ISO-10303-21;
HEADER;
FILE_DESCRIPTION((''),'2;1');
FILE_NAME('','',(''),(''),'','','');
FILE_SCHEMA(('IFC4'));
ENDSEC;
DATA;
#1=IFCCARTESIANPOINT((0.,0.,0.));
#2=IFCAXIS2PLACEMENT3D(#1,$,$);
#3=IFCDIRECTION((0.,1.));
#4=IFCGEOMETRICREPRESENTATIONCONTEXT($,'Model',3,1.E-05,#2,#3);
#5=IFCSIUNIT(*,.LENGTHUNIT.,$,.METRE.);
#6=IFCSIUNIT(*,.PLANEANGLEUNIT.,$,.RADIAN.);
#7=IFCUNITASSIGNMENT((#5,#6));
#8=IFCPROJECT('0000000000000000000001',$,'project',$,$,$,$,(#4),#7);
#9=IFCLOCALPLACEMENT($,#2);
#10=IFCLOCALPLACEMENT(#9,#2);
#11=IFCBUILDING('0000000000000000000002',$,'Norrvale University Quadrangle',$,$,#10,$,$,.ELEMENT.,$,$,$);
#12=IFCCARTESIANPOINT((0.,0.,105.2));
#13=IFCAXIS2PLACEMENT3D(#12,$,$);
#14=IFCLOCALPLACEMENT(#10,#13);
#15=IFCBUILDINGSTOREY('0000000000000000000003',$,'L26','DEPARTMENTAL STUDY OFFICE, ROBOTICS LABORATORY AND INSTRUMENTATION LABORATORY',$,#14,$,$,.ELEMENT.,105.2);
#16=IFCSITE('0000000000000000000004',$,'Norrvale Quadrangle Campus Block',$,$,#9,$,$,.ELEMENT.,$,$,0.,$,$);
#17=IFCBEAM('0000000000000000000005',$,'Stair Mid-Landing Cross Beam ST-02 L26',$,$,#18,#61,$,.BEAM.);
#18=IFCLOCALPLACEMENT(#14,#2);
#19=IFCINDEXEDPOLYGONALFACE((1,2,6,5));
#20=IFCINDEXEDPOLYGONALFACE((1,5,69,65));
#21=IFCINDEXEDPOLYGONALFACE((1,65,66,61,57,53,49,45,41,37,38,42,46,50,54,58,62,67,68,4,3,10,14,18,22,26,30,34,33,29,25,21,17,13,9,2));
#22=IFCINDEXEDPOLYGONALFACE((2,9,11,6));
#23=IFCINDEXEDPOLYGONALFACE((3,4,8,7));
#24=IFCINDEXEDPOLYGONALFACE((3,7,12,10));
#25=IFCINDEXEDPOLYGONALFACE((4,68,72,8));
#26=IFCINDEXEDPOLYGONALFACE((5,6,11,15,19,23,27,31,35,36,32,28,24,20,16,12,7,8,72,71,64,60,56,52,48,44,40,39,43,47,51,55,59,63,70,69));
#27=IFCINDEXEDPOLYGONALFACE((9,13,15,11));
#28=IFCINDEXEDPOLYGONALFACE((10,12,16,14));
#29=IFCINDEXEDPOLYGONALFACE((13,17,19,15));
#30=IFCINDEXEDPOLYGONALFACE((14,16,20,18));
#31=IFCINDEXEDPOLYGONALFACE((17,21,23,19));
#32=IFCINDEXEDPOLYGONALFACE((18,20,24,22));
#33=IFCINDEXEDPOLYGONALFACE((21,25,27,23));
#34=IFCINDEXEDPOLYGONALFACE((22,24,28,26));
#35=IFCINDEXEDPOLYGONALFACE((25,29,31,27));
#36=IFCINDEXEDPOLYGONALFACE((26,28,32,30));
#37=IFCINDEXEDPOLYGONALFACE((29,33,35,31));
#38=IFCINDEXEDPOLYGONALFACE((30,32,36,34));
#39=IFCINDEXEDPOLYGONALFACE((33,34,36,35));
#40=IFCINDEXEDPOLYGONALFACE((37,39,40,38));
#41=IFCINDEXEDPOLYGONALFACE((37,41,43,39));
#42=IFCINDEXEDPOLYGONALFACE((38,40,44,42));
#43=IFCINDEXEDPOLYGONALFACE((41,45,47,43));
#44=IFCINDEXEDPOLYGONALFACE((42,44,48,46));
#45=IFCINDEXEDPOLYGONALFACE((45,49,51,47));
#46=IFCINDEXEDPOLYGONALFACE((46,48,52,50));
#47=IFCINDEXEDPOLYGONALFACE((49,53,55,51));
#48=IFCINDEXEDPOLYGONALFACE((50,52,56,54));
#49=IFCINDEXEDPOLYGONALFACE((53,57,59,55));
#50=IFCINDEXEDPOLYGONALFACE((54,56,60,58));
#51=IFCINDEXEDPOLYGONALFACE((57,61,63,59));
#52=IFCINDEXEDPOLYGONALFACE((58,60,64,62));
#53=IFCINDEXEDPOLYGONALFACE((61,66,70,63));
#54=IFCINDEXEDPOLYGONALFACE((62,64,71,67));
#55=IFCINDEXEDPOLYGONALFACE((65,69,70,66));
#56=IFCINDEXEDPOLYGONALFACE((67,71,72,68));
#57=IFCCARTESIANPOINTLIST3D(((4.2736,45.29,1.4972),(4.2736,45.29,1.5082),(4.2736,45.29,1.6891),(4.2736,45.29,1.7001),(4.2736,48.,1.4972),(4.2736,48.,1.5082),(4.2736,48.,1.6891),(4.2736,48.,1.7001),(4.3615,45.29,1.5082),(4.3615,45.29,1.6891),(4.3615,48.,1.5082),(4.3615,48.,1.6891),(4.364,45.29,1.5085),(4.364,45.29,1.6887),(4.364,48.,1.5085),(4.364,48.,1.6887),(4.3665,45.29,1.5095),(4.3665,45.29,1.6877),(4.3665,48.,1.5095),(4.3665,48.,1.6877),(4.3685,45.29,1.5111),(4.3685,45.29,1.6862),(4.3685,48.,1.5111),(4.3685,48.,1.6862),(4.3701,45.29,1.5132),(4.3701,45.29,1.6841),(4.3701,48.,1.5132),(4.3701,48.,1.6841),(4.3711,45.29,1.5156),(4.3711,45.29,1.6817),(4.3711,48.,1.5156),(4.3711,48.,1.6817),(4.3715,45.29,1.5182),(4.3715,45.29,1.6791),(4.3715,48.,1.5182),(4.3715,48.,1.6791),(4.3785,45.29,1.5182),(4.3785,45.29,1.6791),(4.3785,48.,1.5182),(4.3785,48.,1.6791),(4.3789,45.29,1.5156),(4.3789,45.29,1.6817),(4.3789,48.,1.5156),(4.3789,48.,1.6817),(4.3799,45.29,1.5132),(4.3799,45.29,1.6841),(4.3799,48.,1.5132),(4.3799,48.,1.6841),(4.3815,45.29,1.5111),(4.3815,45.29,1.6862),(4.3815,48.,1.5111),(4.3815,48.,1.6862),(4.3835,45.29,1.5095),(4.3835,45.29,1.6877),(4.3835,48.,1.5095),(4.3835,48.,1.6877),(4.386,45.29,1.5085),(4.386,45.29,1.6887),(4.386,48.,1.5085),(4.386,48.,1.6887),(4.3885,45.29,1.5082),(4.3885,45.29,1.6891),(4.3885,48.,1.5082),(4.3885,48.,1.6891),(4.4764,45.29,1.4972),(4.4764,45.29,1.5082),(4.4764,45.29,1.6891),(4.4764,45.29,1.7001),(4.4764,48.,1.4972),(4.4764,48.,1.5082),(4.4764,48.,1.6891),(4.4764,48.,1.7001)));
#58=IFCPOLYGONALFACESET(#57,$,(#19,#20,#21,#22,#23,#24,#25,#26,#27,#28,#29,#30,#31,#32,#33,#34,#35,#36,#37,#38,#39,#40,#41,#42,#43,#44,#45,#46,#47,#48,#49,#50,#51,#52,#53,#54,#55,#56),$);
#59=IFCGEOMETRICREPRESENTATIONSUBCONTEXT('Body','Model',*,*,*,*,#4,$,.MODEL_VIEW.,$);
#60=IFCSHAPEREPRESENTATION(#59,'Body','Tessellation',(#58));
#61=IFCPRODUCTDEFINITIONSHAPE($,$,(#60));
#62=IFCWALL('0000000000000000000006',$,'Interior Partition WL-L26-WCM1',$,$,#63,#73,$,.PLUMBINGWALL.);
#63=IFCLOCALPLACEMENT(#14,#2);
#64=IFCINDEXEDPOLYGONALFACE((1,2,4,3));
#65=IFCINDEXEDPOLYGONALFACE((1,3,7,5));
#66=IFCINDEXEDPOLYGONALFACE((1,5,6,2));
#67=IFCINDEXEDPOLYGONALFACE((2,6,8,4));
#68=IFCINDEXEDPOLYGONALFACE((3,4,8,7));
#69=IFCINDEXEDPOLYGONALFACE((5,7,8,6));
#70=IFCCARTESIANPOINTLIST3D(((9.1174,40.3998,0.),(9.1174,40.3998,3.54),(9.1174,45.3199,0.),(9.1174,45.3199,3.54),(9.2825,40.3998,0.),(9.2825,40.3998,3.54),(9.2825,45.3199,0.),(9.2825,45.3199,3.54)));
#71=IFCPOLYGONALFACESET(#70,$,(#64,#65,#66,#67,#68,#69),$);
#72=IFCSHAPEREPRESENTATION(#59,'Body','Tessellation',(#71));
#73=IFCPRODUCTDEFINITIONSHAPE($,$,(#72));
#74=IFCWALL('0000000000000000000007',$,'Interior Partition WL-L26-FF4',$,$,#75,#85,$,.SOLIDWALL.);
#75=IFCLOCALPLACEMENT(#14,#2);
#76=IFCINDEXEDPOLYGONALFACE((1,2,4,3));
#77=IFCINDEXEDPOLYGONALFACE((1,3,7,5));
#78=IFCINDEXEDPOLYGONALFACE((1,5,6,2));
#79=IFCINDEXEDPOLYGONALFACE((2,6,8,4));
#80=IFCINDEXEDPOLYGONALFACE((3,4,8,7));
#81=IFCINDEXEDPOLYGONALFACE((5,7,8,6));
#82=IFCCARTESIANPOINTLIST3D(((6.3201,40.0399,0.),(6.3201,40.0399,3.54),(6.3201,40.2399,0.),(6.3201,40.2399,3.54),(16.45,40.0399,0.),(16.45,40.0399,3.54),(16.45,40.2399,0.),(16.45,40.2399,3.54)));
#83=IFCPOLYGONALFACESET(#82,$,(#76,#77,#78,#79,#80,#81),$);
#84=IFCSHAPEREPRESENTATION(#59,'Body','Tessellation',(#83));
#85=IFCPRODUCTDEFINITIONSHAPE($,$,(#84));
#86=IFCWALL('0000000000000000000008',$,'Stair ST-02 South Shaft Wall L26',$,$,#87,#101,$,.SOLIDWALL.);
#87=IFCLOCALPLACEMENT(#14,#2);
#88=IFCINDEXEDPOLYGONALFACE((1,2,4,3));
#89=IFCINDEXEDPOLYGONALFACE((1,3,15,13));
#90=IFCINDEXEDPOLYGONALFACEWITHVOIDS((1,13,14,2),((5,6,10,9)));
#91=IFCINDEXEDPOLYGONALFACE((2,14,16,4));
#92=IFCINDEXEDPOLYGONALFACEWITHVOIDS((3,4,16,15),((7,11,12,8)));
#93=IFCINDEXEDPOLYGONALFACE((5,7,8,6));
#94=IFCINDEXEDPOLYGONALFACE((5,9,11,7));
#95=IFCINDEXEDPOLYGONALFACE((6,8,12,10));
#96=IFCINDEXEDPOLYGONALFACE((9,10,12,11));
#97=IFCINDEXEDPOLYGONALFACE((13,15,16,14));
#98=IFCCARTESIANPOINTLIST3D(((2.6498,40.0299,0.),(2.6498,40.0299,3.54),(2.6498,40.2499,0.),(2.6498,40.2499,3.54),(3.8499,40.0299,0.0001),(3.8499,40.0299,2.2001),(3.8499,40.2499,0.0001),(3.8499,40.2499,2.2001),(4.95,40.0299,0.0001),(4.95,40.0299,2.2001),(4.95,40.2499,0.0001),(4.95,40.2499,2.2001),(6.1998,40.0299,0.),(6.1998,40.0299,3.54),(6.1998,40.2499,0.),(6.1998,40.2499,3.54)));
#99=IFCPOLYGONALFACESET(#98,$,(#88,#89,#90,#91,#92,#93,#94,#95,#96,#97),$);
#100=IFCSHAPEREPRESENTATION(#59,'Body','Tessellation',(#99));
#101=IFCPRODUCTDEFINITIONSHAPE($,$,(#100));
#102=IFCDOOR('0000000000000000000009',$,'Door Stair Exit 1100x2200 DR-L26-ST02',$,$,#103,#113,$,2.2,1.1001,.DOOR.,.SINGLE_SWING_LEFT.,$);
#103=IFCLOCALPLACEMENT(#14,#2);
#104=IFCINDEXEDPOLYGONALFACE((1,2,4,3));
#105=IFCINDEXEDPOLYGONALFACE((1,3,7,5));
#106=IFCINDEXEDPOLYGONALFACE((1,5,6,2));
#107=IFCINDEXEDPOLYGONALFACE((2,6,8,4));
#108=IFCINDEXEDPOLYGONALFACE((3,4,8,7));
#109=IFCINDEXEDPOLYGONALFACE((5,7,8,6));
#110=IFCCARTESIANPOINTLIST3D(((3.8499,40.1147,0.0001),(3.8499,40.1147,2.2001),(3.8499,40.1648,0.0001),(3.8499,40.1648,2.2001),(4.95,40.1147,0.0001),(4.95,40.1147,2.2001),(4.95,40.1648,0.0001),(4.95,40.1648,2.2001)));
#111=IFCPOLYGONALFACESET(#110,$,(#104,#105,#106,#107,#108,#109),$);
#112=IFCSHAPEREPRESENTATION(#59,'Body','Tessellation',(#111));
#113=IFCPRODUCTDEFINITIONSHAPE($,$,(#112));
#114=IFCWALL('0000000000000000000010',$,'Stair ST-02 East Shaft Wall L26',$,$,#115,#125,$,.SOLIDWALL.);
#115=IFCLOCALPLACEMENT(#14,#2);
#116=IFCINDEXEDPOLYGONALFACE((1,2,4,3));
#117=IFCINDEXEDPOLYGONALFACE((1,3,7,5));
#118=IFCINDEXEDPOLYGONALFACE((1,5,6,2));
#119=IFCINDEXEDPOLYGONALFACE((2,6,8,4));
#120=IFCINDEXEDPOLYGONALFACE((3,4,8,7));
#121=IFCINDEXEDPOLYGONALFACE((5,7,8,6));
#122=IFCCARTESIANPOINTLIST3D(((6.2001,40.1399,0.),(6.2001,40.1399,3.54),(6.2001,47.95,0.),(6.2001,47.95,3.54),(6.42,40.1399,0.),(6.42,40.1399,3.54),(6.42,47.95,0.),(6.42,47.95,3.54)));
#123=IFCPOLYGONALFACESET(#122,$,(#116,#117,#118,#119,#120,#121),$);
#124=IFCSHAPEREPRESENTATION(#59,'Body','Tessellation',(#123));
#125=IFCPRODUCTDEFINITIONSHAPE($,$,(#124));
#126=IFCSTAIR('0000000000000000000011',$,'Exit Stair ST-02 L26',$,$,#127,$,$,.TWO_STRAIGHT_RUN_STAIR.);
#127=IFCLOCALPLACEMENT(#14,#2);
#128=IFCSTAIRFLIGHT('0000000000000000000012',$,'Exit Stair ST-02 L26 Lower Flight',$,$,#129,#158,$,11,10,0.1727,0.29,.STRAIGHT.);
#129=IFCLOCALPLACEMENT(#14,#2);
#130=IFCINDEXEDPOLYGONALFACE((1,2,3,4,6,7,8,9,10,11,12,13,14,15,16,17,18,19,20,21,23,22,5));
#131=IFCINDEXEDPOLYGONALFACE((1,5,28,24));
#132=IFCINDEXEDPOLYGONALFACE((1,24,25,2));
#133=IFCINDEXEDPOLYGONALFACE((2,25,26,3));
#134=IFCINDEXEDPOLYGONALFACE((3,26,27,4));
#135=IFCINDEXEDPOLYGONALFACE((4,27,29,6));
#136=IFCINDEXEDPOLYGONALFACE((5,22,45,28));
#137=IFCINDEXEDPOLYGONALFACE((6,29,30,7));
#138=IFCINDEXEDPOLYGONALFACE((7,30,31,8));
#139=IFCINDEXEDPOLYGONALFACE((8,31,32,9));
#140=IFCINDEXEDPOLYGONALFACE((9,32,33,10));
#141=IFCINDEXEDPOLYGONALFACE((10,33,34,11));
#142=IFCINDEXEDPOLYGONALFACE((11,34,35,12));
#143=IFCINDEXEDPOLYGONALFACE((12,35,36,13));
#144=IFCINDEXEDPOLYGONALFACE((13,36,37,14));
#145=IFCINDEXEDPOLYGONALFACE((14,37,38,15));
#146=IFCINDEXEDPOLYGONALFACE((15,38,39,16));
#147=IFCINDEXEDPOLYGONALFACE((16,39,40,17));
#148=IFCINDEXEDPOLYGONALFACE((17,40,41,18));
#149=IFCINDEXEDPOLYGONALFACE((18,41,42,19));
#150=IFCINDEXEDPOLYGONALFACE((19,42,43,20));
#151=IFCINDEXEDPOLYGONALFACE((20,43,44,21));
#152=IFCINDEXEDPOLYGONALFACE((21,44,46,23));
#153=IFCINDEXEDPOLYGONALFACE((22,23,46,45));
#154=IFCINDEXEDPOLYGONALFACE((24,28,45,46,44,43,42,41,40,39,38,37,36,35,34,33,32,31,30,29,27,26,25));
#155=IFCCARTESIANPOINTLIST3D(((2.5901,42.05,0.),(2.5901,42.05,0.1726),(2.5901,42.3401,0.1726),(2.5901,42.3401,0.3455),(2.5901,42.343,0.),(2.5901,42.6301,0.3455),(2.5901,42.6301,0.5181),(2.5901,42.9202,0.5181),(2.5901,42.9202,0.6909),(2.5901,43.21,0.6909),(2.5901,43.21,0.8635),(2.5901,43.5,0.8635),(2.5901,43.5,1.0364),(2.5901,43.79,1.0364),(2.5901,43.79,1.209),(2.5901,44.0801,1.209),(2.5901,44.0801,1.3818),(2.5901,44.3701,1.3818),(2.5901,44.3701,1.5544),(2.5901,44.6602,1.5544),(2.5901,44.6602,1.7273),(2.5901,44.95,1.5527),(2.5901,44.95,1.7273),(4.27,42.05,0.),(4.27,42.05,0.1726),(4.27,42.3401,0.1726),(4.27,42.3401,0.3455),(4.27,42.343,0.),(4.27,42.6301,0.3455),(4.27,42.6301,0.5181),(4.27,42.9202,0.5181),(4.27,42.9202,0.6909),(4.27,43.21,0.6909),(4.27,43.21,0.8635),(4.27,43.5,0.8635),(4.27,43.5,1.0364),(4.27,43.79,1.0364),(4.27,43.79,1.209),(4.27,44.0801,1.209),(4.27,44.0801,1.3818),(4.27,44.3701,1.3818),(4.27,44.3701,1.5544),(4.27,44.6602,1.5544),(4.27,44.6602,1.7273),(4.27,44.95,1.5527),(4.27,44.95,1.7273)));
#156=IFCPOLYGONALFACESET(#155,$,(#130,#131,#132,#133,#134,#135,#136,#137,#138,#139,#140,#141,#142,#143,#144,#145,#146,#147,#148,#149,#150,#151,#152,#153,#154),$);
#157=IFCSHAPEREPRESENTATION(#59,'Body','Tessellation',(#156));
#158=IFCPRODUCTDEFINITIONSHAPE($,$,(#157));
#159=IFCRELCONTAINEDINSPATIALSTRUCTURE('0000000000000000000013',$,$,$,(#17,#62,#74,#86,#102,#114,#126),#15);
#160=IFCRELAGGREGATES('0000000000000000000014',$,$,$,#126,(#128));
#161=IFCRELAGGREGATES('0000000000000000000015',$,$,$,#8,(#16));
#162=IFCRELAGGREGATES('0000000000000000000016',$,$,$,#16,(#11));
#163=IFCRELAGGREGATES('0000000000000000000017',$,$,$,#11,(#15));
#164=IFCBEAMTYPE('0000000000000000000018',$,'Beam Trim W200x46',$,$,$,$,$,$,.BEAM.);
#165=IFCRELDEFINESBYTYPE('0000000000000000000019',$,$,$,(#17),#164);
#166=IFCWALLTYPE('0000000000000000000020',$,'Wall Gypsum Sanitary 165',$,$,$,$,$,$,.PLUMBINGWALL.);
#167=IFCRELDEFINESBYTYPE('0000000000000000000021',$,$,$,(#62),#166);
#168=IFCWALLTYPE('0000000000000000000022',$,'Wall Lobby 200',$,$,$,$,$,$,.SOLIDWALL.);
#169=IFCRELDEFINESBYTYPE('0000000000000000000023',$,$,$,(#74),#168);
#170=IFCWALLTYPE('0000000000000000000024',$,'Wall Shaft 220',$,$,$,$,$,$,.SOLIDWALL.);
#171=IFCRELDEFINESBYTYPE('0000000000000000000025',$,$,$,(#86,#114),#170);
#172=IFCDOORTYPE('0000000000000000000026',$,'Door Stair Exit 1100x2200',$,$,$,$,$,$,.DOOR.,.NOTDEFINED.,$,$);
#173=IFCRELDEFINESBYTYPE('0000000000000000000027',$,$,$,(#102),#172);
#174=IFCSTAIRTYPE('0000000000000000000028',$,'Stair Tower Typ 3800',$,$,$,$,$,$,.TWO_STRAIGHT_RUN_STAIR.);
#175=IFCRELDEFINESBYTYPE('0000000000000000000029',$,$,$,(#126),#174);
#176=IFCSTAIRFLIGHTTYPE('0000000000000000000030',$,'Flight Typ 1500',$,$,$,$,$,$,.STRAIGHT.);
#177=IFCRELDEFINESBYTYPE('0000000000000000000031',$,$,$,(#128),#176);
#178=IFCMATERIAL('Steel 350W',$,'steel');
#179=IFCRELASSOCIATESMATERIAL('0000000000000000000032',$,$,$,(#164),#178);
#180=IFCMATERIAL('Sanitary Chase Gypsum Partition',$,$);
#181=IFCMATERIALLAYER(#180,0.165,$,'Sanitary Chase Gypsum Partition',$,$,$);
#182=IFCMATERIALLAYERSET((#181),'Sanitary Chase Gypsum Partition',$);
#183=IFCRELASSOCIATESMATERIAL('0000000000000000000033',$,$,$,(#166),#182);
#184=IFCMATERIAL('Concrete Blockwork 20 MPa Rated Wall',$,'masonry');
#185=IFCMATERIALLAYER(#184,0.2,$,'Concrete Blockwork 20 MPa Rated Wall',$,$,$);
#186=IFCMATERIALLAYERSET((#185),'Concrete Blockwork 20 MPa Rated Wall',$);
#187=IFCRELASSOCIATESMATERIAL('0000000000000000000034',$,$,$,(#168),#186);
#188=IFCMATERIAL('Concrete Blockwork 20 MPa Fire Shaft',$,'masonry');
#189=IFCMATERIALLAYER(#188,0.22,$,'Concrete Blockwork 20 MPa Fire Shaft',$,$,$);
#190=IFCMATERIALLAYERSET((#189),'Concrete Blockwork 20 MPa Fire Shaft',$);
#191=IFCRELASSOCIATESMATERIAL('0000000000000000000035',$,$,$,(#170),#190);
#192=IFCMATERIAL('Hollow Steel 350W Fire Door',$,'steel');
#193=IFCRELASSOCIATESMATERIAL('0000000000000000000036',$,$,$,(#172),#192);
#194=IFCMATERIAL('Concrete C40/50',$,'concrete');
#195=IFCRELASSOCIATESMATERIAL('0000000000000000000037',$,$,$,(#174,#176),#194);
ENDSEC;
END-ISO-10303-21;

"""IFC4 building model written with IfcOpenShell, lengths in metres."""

from ifc_helpers import new_model, si_unit, direction, frame, frame_2d, origin, origin_2d, place, context, subcontext, project, spatial, polyline, rectangle, i_section, outline, extrude, material, layer, layer_set, material_profile, profile_set, type_object, element, fill, aggregate, save


model = new_model("IFC4")

# Units and contexts
model_context = context("Model", 3, precision=1e-05, world=origin(), true_north=direction((0.0, 1.0)))
body_context = subcontext(model_context, "Body", "Model", "MODEL_VIEW")
ifc_project = project(units=[si_unit("LENGTHUNIT", "METRE"), si_unit("PLANEANGLEUNIT", "RADIAN")], contexts=[model_context])

# Site, building, storey
site_placement = place(None, origin())
site = spatial("IfcSite", under=ifc_project, at=site_placement, Name="Norrvale Quadrangle Campus Block", CompositionType="ELEMENT", RefElevation=0.0)
building_placement = place(site_placement, origin())
building = spatial("IfcBuilding", under=site, at=building_placement, Name="Norrvale University Quadrangle", CompositionType="ELEMENT")
storey_placement = place(building_placement, frame((0.0, 0.0, 105.2)))
storey = spatial("IfcBuildingStorey", under=building, at=storey_placement, Name="L26", Description="DEPARTMENTAL STUDY OFFICE, ROBOTICS LABORATORY AND INSTRUMENTATION LABORATORY", CompositionType="ELEMENT", Elevation=105.2)

# Beam
ifc_material_1 = material(Name="Steel 350W", Category="steel")
ifc_material_profile_1 = material_profile(ifc_material_1, i_section(OverallWidth=0.2029, OverallDepth=0.2029, WebThickness=0.0071, FlangeThickness=0.011, FilletRadius=0.01, at=origin_2d()), Name="Steel 350W")
ifc_profile_set_1 = profile_set([ifc_material_profile_1], Name="Steel 350W")
beam_type_1 = type_object("IfcBeamType", Name="Beam Trim W200x46", PredefinedType="BEAM", material=ifc_profile_set_1)
beam_1_placement = place(storey_placement, frame((4.375, 45.29, 1.5986), z_axis=(0.0, 1.0, 0.0), x_axis=(-1.0, 0.0, 0.0)))
element("IfcBeam", 1, at=beam_1_placement, inside=storey, type_object=beam_type_1, Name="Stair Mid-Landing Cross Beam ST-02 L26", PredefinedType="BEAM", context=body_context, shape_type="SweptSolid", body=[
    extrude(i_section(OverallWidth=0.2029, OverallDepth=0.2029, WebThickness=0.0071, FlangeThickness=0.011, FilletRadius=0.01, at=origin_2d()), origin(), (0.0, 0.0, 1.0), 2.71),
])

# Walls
ifc_material_2 = material(Name="Sanitary Chase Gypsum Partition")
ifc_layer_1 = layer(ifc_material_2, 0.165, Name="Sanitary Chase Gypsum Partition")
ifc_layer_set_1 = layer_set([ifc_layer_1], Name="Sanitary Chase Gypsum Partition")
wall_type_1 = type_object("IfcWallType", Name="Wall Gypsum Sanitary 165", PredefinedType="PLUMBINGWALL", material=ifc_layer_set_1)
wall_1_placement = place(storey_placement, frame((9.2, 40.3999, 0.0), z_axis=(0.0, 0.0, 1.0), x_axis=(0.0, 1.0, 0.0)))
element("IfcWall", 2, at=wall_1_placement, inside=storey, type_object=wall_type_1, Name="Interior Partition WL-L26-WCM1", PredefinedType="PLUMBINGWALL", context=body_context, shape_type="SweptSolid", body=[
    extrude(rectangle(XDim=4.9202, YDim=0.165, at=frame_2d((2.46, 0.0))), origin(), (0.0, 0.0, 1.0), 3.54),
])
ifc_material_3 = material(Name="Concrete Blockwork 20 MPa Rated Wall", Category="masonry")
ifc_layer_2 = layer(ifc_material_3, 0.2, Name="Concrete Blockwork 20 MPa Rated Wall")
ifc_layer_set_2 = layer_set([ifc_layer_2], Name="Concrete Blockwork 20 MPa Rated Wall")
wall_type_2 = type_object("IfcWallType", Name="Wall Lobby 200", PredefinedType="SOLIDWALL", material=ifc_layer_set_2)
wall_2_placement = place(storey_placement, frame((6.3201, 40.1399, 0.0), z_axis=(0.0, 0.0, 1.0), x_axis=(1.0, 0.0, 0.0)))
element("IfcWall", 3, at=wall_2_placement, inside=storey, type_object=wall_type_2, Name="Interior Partition WL-L26-FF4", PredefinedType="SOLIDWALL", context=body_context, shape_type="SweptSolid", body=[
    extrude(rectangle(XDim=10.1299, YDim=0.2, at=frame_2d((5.0649, 0.0))), origin(), (0.0, 0.0, 1.0), 3.54),
])

# Wall, opening, door
ifc_material_4 = material(Name="Concrete Blockwork 20 MPa Fire Shaft", Category="masonry")
ifc_layer_3 = layer(ifc_material_4, 0.22, Name="Concrete Blockwork 20 MPa Fire Shaft")
ifc_layer_set_3 = layer_set([ifc_layer_3], Name="Concrete Blockwork 20 MPa Fire Shaft")
wall_type_3 = type_object("IfcWallType", Name="Wall Shaft 220", PredefinedType="SOLIDWALL", material=ifc_layer_set_3)
wall_3_placement = place(storey_placement, frame((2.6499, 40.1399, 0.0), z_axis=(0.0, 0.0, 1.0), x_axis=(1.0, 0.0, 0.0)))
wall_3 = element("IfcWall", 4, at=wall_3_placement, inside=storey, type_object=wall_type_3, Name="Stair ST-02 South Shaft Wall L26", PredefinedType="SOLIDWALL", context=body_context, shape_type="SweptSolid", body=[
    extrude(rectangle(XDim=3.55, YDim=0.22, at=frame_2d((1.7749, 0.0))), origin(), (0.0, 0.0, 1.0), 3.54),
])
opening_placement = place(wall_3_placement, frame((1.2, 0.0, 0.0)))
opening = element("IfcOpeningElement", 5, at=opening_placement, cuts=wall_3, PredefinedType="OPENING", context=body_context, shape_type="SweptSolid", body=[
    extrude(rectangle(XDim=1.1001, YDim=2.2, at=frame_2d((0.55, 1.1001))), frame((0.0, 0.1221, 0.0), z_axis=(0.0, -1.0, 0.0), x_axis=(1.0, 0.0, 0.0)), (0.0, 0.0, 1.0), 0.2439),
])
ifc_material_5 = material(Name="Hollow Steel 350W Fire Door", Category="steel")
door_type = type_object("IfcDoorType", Name="Door Stair Exit 1100x2200", OperationType="NOTDEFINED", PredefinedType="DOOR", material=ifc_material_5)
door_placement = place(opening_placement, origin())
door = element("IfcDoor", 6, at=door_placement, inside=storey, type_object=door_type, Name="Door Stair Exit 1100x2200 DR-L26-ST02", OperationType="SINGLE_SWING_LEFT", OverallHeight=2.2, OverallWidth=1.1001, PredefinedType="DOOR", context=body_context, shape_type="SweptSolid", body=[
    extrude(rectangle(XDim=1.1001, YDim=2.2, at=frame_2d((0.55, 1.1001))), frame((0.0, 0.0249, 0.0), z_axis=(0.0, -1.0, 0.0), x_axis=(1.0, 0.0, 0.0)), (0.0, 0.0, 1.0), 0.05),
])
fill(opening, door)

# Wall
wall_4_placement = place(storey_placement, frame((6.3101, 40.1399, 0.0), z_axis=(0.0, 0.0, 1.0), x_axis=(0.0, 1.0, 0.0)))
element("IfcWall", 7, at=wall_4_placement, inside=storey, type_object=wall_type_3, Name="Stair ST-02 East Shaft Wall L26", PredefinedType="SOLIDWALL", context=body_context, shape_type="SweptSolid", body=[
    extrude(rectangle(XDim=7.8101, YDim=0.22, at=frame_2d((3.905, 0.0))), origin(), (0.0, 0.0, 1.0), 3.54),
])

# Stair, stair flight
ifc_material_6 = material(Name="Concrete C40/50", Category="concrete")
stair_type = type_object("IfcStairType", Name="Stair Tower Typ 3800", PredefinedType="TWO_STRAIGHT_RUN_STAIR", material=ifc_material_6)
stair_placement = place(storey_placement, origin())
stair = element("IfcStair", 8, at=stair_placement, inside=storey, type_object=stair_type, Name="Exit Stair ST-02 L26", PredefinedType="TWO_STRAIGHT_RUN_STAIR")
stair_flight_type = type_object("IfcStairFlightType", Name="Flight Typ 1500", PredefinedType="STRAIGHT", material=ifc_material_6)
stair_flight_1_placement = place(storey_placement, frame((3.4299, 42.05, 0.0), z_axis=(0.0, 0.0, 1.0), x_axis=(0.0, 1.0, 0.0)))
stair_flight_1 = element("IfcStairFlight", 9, at=stair_flight_1_placement, type_object=stair_flight_type, Name="Exit Stair ST-02 L26 Lower Flight", NumberOfRisers=11, NumberOfTreads=10, PredefinedType="STRAIGHT", RiserHeight=0.1727, TreadLength=0.29, context=body_context, shape_type="SweptSolid", body=[
    extrude(outline(polyline([(0.0, 0.0), (0.0, 0.1726), (0.29, 0.1726), (0.29, 0.3455), (0.5801, 0.3455), (0.5801, 0.5181), (0.8701, 0.5181), (0.8701, 0.6909), (1.1599, 0.6909), (1.1599, 0.8635), (1.45, 0.8635), (1.45, 1.0364), (1.74, 1.0364), (1.74, 1.209), (2.03, 1.209), (2.03, 1.3818), (2.3201, 1.3818), (2.3201, 1.5544), (2.6101, 1.5544), (2.6101, 1.7273), (2.8999, 1.7273), (2.8999, 1.8999), (2.8999, 1.5527), (0.293, 0.0), (0.0, 0.0)])), frame((0.0, 0.8398, 0.0), z_axis=(0.0, -1.0, 0.0), x_axis=(1.0, 0.0, 0.0)), (0.0, 0.0, 1.0), 1.6799),
])
aggregate(stair, [stair_flight_1])

save(model, "model.ifc")
